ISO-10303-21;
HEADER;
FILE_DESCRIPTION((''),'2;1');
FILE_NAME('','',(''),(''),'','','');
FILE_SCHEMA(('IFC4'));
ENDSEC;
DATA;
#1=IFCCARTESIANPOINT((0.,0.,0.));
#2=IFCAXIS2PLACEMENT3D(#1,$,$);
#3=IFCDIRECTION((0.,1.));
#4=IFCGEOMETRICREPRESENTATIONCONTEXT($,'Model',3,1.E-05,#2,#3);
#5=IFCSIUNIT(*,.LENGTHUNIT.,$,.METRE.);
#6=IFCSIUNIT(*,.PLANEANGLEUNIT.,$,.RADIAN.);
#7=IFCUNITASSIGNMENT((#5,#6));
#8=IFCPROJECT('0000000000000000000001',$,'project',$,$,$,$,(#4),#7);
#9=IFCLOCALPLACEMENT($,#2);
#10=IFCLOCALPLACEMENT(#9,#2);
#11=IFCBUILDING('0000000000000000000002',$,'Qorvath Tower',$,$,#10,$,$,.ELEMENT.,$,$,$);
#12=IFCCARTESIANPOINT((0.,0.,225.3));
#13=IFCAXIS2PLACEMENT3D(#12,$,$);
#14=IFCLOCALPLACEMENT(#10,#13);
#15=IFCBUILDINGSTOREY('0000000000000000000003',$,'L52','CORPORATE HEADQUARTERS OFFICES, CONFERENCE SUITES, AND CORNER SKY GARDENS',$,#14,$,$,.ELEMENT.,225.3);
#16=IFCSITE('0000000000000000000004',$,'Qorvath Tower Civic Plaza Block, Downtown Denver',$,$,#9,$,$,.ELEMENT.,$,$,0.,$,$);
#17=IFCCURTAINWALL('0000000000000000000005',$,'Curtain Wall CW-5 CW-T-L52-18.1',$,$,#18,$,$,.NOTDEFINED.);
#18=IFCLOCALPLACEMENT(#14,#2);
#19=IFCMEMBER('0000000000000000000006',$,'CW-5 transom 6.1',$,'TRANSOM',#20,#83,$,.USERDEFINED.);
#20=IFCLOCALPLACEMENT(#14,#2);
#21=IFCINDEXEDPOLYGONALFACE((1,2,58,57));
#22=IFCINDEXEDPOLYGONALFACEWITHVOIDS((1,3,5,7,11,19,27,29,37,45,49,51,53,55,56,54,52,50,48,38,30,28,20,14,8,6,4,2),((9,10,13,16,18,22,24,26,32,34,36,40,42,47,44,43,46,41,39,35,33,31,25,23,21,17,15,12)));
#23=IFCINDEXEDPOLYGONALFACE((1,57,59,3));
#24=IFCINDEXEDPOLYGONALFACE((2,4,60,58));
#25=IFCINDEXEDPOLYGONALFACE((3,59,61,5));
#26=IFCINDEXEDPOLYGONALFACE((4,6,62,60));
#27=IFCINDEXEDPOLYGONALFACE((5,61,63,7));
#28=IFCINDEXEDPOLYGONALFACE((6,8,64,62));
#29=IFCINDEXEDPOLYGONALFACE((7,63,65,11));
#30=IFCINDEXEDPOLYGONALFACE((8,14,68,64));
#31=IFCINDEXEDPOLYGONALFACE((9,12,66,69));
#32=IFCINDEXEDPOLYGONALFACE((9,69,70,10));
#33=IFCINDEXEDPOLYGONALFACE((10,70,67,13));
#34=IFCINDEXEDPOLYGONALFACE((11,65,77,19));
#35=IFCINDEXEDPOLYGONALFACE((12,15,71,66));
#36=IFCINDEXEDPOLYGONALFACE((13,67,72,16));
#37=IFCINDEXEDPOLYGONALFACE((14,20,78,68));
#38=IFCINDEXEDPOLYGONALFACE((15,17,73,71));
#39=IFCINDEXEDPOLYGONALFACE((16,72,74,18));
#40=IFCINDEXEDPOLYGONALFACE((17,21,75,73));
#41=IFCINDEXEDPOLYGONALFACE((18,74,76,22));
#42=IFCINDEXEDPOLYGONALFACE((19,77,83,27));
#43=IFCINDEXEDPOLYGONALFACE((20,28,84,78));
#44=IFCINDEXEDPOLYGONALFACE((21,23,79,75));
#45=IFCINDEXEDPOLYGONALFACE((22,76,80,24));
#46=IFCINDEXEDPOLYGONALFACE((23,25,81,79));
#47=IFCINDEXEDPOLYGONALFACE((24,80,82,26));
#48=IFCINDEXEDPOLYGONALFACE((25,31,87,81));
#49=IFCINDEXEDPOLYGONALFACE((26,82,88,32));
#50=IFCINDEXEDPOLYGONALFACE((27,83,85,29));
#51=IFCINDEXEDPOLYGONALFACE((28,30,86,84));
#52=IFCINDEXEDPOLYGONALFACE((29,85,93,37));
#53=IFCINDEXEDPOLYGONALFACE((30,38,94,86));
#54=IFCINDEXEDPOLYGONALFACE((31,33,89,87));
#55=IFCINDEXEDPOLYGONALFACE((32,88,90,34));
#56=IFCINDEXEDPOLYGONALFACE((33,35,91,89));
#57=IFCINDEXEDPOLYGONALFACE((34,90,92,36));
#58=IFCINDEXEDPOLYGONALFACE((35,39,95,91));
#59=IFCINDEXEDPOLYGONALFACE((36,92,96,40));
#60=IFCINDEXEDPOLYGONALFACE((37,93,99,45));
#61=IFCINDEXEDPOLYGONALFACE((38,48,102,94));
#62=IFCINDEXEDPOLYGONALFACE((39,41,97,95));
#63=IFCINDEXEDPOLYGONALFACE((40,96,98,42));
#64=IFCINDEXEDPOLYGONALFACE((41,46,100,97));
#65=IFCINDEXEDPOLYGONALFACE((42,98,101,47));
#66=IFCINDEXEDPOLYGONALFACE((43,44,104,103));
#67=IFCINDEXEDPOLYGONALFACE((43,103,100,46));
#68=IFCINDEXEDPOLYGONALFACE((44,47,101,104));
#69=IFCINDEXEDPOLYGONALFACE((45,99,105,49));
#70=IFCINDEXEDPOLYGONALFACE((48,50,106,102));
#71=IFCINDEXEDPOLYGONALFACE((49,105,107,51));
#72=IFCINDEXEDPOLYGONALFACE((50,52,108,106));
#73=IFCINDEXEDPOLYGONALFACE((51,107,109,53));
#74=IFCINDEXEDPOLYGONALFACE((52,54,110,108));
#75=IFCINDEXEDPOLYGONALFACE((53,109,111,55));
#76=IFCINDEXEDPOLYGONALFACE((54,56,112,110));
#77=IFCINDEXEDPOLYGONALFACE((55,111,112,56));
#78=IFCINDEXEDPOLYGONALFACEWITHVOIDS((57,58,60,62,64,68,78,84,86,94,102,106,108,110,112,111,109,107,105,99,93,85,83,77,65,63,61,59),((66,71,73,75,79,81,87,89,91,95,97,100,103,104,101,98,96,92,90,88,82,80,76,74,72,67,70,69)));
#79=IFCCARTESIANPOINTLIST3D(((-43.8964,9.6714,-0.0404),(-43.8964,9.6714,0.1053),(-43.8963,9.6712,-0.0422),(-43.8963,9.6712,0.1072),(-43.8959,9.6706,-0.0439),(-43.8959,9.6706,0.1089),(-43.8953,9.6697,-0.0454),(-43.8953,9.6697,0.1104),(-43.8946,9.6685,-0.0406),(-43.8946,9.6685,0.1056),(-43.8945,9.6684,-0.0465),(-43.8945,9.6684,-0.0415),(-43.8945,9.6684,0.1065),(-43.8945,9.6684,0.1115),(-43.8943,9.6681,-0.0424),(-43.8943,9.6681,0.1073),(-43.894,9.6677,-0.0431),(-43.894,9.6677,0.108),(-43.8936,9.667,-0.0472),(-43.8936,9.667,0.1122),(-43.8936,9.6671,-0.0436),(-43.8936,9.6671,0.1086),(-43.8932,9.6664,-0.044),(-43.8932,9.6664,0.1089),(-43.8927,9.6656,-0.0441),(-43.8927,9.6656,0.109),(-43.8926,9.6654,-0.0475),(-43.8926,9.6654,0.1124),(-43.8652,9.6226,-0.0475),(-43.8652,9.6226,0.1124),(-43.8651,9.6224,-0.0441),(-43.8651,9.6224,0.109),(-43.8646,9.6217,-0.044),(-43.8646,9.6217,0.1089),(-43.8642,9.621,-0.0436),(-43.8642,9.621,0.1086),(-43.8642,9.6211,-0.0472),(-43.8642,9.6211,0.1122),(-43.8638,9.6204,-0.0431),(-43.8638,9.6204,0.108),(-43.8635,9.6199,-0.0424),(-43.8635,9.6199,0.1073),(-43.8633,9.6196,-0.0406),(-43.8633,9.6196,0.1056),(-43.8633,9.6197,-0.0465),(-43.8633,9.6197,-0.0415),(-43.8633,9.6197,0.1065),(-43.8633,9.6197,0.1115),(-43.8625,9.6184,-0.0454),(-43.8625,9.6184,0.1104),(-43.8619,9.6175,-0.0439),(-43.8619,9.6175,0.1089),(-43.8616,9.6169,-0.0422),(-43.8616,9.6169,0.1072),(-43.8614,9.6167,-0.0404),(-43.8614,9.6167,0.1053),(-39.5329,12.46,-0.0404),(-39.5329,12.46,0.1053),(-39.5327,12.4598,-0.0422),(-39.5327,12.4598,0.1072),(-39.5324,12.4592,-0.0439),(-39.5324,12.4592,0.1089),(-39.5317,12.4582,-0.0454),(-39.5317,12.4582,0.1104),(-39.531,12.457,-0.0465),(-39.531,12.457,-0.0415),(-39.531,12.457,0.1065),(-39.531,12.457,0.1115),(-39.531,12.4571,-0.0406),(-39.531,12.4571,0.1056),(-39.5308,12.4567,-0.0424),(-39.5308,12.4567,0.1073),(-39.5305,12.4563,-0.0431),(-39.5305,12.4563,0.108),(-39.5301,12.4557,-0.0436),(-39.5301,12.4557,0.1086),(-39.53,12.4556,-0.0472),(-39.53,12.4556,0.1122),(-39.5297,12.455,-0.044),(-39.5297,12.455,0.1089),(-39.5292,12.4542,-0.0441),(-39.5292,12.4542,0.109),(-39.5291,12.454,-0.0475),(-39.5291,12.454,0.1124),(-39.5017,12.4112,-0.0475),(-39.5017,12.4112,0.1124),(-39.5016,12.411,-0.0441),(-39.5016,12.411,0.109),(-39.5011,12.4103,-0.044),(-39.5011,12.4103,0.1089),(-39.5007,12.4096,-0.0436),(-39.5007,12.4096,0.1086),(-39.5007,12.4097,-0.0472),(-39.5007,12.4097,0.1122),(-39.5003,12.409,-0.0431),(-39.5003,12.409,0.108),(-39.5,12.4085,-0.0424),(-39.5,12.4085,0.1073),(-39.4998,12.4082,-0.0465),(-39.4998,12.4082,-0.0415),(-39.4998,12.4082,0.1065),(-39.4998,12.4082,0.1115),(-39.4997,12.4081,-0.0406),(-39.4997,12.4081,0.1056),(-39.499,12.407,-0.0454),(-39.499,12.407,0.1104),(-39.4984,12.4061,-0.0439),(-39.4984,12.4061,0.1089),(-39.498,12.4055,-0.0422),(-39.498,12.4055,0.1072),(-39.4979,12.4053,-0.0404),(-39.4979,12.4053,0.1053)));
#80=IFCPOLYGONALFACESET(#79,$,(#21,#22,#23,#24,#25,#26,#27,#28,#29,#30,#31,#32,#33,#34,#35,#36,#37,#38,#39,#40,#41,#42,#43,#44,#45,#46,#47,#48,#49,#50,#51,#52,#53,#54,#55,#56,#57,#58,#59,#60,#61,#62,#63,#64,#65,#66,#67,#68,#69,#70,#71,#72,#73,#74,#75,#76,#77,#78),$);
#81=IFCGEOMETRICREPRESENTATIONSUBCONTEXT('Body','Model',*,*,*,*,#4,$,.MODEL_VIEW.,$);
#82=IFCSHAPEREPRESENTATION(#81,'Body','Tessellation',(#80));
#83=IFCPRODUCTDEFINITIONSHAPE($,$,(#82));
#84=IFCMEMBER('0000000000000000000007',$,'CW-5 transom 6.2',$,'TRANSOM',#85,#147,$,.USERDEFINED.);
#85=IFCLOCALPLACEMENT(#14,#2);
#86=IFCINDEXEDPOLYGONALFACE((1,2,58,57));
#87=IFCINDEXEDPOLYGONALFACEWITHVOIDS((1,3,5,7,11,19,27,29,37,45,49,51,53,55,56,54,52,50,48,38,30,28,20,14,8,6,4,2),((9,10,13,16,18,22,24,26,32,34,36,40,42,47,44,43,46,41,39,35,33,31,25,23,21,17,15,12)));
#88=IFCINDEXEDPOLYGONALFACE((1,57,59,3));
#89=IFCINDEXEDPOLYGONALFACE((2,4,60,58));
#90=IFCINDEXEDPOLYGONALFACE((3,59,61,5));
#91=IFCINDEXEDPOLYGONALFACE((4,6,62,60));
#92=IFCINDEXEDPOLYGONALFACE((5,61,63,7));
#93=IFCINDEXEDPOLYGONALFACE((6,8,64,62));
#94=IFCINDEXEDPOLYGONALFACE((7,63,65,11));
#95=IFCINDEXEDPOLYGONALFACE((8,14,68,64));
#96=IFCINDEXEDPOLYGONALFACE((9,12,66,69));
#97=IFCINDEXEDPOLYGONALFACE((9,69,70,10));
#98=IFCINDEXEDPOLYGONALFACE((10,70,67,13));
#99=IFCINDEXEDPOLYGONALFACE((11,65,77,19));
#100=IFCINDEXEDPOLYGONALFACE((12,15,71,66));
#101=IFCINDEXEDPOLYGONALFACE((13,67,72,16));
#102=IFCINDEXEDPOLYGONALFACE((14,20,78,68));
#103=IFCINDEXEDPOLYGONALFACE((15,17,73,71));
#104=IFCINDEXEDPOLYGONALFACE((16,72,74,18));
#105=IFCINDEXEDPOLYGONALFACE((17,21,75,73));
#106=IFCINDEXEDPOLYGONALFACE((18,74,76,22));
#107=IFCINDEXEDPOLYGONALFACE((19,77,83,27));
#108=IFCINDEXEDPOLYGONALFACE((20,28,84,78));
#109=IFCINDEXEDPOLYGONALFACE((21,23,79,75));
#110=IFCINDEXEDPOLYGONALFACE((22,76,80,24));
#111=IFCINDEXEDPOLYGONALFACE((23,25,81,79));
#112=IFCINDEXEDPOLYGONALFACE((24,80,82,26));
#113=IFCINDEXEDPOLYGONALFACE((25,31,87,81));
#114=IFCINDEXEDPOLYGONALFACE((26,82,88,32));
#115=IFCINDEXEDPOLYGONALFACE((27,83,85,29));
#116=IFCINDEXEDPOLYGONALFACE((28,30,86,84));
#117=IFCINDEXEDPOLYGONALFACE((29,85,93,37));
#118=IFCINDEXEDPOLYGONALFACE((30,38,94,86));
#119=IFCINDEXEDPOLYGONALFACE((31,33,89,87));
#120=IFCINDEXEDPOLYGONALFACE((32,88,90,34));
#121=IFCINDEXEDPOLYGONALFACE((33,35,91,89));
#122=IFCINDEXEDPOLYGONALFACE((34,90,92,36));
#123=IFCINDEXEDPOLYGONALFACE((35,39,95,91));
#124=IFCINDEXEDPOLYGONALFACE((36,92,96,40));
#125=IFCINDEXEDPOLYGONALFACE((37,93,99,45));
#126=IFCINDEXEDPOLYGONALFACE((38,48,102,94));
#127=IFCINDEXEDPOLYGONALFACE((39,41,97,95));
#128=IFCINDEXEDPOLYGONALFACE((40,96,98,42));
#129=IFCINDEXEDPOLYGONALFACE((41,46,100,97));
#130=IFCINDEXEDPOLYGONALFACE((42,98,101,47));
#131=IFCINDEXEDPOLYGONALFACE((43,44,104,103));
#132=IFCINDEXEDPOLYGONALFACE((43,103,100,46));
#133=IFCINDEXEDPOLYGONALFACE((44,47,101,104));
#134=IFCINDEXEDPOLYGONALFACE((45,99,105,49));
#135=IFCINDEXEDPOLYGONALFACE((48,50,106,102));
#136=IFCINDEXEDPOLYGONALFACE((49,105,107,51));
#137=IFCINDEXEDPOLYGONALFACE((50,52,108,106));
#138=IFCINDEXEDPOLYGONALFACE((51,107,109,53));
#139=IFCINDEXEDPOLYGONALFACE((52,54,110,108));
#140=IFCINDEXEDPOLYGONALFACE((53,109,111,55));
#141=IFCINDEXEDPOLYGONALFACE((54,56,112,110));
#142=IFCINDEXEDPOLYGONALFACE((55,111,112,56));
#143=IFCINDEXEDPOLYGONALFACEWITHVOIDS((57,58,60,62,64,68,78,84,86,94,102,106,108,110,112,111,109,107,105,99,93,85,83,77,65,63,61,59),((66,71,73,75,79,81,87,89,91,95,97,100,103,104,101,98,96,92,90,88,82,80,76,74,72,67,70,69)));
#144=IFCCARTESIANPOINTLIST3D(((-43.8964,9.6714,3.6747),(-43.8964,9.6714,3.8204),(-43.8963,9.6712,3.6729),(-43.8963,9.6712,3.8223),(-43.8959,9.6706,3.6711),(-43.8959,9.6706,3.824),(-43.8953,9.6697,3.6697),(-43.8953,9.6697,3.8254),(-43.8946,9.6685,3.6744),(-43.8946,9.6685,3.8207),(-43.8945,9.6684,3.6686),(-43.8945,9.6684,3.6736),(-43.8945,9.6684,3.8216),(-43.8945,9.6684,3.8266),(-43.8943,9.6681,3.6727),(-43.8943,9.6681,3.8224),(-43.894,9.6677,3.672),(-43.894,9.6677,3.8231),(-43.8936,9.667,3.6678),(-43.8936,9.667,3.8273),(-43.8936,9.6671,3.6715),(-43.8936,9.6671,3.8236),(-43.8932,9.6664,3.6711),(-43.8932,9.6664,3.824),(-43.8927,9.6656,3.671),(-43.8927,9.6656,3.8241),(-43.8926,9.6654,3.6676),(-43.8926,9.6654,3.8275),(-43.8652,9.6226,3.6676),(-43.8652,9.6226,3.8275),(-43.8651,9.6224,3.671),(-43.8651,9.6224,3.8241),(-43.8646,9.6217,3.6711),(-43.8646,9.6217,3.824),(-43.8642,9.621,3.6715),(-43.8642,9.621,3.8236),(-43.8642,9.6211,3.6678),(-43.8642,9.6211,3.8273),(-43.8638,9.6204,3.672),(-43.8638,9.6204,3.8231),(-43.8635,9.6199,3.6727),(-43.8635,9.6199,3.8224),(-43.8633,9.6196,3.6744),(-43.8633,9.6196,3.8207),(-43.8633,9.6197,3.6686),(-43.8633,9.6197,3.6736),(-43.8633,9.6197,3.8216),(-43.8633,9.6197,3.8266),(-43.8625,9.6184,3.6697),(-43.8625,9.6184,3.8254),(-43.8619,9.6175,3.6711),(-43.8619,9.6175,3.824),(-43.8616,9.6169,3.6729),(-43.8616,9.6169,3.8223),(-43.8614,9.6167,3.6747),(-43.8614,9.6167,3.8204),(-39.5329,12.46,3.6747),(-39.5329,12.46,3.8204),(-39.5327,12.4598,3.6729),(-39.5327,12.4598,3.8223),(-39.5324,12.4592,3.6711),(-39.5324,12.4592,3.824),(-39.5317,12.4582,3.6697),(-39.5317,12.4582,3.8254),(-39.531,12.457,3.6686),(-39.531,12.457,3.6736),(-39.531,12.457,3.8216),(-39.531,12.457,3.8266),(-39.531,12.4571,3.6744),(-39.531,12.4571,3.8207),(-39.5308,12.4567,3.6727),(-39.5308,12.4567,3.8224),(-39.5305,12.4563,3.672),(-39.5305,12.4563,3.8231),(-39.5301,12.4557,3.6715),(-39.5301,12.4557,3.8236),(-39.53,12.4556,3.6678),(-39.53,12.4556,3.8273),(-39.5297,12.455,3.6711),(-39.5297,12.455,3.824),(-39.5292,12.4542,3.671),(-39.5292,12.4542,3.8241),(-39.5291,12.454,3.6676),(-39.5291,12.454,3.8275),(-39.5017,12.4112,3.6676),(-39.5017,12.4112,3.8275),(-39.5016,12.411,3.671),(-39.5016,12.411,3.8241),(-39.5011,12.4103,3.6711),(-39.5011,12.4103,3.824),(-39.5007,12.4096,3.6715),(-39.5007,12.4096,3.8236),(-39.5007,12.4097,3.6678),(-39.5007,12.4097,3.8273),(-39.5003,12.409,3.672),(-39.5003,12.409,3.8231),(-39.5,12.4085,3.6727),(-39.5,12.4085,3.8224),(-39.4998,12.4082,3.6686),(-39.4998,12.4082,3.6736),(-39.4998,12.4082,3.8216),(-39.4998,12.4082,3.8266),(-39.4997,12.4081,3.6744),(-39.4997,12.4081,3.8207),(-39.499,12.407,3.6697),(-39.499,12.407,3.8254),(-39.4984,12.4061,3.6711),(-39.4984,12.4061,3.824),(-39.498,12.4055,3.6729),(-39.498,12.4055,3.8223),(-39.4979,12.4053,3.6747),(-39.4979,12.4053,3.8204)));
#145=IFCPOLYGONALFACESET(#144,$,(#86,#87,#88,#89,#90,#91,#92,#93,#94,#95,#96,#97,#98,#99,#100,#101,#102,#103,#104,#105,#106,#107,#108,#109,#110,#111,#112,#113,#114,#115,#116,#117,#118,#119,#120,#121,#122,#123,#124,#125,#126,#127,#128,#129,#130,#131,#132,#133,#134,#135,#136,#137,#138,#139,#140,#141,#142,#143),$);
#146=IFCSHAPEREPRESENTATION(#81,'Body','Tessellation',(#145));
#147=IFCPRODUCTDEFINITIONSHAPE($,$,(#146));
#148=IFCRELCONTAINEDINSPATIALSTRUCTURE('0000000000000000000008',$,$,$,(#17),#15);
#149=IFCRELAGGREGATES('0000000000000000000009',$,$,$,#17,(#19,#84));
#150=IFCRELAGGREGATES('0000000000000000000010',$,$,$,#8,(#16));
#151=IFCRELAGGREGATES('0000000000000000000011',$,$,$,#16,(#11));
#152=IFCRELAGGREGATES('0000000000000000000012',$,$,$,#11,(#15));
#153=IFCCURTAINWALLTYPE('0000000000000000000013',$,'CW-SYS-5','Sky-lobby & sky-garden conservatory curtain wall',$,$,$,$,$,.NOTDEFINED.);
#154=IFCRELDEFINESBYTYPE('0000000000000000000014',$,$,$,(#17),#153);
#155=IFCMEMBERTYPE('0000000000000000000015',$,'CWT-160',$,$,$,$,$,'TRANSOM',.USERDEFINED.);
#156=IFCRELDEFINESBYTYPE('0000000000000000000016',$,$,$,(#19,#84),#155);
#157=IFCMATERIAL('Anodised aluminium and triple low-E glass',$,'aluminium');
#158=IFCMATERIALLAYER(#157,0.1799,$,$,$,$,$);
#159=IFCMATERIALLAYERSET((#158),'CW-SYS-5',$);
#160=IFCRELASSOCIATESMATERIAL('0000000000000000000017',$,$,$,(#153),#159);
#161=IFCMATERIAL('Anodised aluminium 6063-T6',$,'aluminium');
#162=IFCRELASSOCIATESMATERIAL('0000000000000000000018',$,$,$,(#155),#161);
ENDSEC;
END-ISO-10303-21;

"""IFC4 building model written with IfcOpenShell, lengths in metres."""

from ifc_helpers import new_model, si_unit, direction, frame, origin, origin_2d, place, context, subcontext, project, spatial, hollow_rectangle, extrude, material, layer, layer_set, material_profile, profile_set, type_object, element, aggregate, save


model = new_model("IFC4")

# Units and contexts
model_context = context("Model", 3, precision=1e-05, world=origin(), true_north=direction((0.0, 1.0)))
body_context = subcontext(model_context, "Body", "Model", "MODEL_VIEW")
ifc_project = project(units=[si_unit("LENGTHUNIT", "METRE"), si_unit("PLANEANGLEUNIT", "RADIAN")], contexts=[model_context])

# Site, building, storey
site_placement = place(None, origin())
site = spatial("IfcSite", under=ifc_project, at=site_placement, Name="Qorvath Tower Civic Plaza Block, Downtown Denver", CompositionType="ELEMENT", RefElevation=0.0)
building_placement = place(site_placement, origin())
building = spatial("IfcBuilding", under=site, at=building_placement, Name="Qorvath Tower", CompositionType="ELEMENT")
storey_placement = place(building_placement, frame((0.0, 0.0, 225.3)))
storey = spatial("IfcBuildingStorey", under=building, at=storey_placement, Name="L52", Description="CORPORATE HEADQUARTERS OFFICES, CONFERENCE SUITES, AND CORNER SKY GARDENS", CompositionType="ELEMENT", Elevation=225.3)

# Curtain wall
ifc_material_1 = material(Name="Anodised aluminium and triple low-E glass", Category="aluminium")
ifc_layer_1 = layer(ifc_material_1, 0.1799)
ifc_layer_set_1 = layer_set([ifc_layer_1], Name="CW-SYS-5")
curtain_wall_type = type_object("IfcCurtainWallType", Name="CW-SYS-5", Description="Sky-lobby & sky-garden conservatory curtain wall", PredefinedType="NOTDEFINED", material=ifc_layer_set_1)
curtain_wall_1_placement = place(storey_placement, origin())
curtain_wall_1 = element("IfcCurtainWall", 1, at=curtain_wall_1_placement, inside=storey, type_object=curtain_wall_type, Name="Curtain Wall CW-5 CW-T-L52-18.1", PredefinedType="NOTDEFINED")

# Members
ifc_material_2 = material(Name="Anodised aluminium 6063-T6", Category="aluminium")
ifc_material_profile_1 = material_profile(ifc_material_2, hollow_rectangle(XDim=0.0649, YDim=0.1599, WallThickness=0.0034, InnerFilletRadius=0.0034, OuterFilletRadius=0.0071, at=origin_2d()), Name="CWT 160x65")
ifc_profile_set_1 = profile_set([ifc_material_profile_1], Name="Anodised aluminium 6063-T6")
member_type_1 = type_object("IfcMemberType", Name="CWT-160", ElementType="TRANSOM", PredefinedType="USERDEFINED", material=ifc_profile_set_1)
member_1_placement = place(storey_placement, frame((-39.5154, 12.4326, 0.0325), z_axis=(-0.842629, -0.538494, 0.0), x_axis=(0.538494, -0.842629, 0.0)))
member_1 = element("IfcMember", 2, at=member_1_placement, type_object=member_type_1, Name="CW-5 transom 6.1", ObjectType="TRANSOM", PredefinedType="USERDEFINED", context=body_context, shape_type="SweptSolid", body=[
    extrude(hollow_rectangle(XDim=0.0649, YDim=0.1599, WallThickness=0.0034, InnerFilletRadius=0.0034, OuterFilletRadius=0.0071, at=origin_2d()), origin(), (0.0, 0.0, 1.0), 5.1785),
])
member_2_placement = place(storey_placement, frame((-39.5154, 12.4326, 3.7476), z_axis=(-0.842629, -0.538494, 0.0), x_axis=(0.538494, -0.842629, 0.0)))
member_2 = element("IfcMember", 3, at=member_2_placement, type_object=member_type_1, Name="CW-5 transom 6.2", ObjectType="TRANSOM", PredefinedType="USERDEFINED", context=body_context, shape_type="SweptSolid", body=[
    extrude(hollow_rectangle(XDim=0.0649, YDim=0.1599, WallThickness=0.0034, InnerFilletRadius=0.0034, OuterFilletRadius=0.0071, at=origin_2d()), origin(), (0.0, 0.0, 1.0), 5.1785),
])

aggregate(curtain_wall_1, [member_1, member_2])

save(model, "model.ifc")
